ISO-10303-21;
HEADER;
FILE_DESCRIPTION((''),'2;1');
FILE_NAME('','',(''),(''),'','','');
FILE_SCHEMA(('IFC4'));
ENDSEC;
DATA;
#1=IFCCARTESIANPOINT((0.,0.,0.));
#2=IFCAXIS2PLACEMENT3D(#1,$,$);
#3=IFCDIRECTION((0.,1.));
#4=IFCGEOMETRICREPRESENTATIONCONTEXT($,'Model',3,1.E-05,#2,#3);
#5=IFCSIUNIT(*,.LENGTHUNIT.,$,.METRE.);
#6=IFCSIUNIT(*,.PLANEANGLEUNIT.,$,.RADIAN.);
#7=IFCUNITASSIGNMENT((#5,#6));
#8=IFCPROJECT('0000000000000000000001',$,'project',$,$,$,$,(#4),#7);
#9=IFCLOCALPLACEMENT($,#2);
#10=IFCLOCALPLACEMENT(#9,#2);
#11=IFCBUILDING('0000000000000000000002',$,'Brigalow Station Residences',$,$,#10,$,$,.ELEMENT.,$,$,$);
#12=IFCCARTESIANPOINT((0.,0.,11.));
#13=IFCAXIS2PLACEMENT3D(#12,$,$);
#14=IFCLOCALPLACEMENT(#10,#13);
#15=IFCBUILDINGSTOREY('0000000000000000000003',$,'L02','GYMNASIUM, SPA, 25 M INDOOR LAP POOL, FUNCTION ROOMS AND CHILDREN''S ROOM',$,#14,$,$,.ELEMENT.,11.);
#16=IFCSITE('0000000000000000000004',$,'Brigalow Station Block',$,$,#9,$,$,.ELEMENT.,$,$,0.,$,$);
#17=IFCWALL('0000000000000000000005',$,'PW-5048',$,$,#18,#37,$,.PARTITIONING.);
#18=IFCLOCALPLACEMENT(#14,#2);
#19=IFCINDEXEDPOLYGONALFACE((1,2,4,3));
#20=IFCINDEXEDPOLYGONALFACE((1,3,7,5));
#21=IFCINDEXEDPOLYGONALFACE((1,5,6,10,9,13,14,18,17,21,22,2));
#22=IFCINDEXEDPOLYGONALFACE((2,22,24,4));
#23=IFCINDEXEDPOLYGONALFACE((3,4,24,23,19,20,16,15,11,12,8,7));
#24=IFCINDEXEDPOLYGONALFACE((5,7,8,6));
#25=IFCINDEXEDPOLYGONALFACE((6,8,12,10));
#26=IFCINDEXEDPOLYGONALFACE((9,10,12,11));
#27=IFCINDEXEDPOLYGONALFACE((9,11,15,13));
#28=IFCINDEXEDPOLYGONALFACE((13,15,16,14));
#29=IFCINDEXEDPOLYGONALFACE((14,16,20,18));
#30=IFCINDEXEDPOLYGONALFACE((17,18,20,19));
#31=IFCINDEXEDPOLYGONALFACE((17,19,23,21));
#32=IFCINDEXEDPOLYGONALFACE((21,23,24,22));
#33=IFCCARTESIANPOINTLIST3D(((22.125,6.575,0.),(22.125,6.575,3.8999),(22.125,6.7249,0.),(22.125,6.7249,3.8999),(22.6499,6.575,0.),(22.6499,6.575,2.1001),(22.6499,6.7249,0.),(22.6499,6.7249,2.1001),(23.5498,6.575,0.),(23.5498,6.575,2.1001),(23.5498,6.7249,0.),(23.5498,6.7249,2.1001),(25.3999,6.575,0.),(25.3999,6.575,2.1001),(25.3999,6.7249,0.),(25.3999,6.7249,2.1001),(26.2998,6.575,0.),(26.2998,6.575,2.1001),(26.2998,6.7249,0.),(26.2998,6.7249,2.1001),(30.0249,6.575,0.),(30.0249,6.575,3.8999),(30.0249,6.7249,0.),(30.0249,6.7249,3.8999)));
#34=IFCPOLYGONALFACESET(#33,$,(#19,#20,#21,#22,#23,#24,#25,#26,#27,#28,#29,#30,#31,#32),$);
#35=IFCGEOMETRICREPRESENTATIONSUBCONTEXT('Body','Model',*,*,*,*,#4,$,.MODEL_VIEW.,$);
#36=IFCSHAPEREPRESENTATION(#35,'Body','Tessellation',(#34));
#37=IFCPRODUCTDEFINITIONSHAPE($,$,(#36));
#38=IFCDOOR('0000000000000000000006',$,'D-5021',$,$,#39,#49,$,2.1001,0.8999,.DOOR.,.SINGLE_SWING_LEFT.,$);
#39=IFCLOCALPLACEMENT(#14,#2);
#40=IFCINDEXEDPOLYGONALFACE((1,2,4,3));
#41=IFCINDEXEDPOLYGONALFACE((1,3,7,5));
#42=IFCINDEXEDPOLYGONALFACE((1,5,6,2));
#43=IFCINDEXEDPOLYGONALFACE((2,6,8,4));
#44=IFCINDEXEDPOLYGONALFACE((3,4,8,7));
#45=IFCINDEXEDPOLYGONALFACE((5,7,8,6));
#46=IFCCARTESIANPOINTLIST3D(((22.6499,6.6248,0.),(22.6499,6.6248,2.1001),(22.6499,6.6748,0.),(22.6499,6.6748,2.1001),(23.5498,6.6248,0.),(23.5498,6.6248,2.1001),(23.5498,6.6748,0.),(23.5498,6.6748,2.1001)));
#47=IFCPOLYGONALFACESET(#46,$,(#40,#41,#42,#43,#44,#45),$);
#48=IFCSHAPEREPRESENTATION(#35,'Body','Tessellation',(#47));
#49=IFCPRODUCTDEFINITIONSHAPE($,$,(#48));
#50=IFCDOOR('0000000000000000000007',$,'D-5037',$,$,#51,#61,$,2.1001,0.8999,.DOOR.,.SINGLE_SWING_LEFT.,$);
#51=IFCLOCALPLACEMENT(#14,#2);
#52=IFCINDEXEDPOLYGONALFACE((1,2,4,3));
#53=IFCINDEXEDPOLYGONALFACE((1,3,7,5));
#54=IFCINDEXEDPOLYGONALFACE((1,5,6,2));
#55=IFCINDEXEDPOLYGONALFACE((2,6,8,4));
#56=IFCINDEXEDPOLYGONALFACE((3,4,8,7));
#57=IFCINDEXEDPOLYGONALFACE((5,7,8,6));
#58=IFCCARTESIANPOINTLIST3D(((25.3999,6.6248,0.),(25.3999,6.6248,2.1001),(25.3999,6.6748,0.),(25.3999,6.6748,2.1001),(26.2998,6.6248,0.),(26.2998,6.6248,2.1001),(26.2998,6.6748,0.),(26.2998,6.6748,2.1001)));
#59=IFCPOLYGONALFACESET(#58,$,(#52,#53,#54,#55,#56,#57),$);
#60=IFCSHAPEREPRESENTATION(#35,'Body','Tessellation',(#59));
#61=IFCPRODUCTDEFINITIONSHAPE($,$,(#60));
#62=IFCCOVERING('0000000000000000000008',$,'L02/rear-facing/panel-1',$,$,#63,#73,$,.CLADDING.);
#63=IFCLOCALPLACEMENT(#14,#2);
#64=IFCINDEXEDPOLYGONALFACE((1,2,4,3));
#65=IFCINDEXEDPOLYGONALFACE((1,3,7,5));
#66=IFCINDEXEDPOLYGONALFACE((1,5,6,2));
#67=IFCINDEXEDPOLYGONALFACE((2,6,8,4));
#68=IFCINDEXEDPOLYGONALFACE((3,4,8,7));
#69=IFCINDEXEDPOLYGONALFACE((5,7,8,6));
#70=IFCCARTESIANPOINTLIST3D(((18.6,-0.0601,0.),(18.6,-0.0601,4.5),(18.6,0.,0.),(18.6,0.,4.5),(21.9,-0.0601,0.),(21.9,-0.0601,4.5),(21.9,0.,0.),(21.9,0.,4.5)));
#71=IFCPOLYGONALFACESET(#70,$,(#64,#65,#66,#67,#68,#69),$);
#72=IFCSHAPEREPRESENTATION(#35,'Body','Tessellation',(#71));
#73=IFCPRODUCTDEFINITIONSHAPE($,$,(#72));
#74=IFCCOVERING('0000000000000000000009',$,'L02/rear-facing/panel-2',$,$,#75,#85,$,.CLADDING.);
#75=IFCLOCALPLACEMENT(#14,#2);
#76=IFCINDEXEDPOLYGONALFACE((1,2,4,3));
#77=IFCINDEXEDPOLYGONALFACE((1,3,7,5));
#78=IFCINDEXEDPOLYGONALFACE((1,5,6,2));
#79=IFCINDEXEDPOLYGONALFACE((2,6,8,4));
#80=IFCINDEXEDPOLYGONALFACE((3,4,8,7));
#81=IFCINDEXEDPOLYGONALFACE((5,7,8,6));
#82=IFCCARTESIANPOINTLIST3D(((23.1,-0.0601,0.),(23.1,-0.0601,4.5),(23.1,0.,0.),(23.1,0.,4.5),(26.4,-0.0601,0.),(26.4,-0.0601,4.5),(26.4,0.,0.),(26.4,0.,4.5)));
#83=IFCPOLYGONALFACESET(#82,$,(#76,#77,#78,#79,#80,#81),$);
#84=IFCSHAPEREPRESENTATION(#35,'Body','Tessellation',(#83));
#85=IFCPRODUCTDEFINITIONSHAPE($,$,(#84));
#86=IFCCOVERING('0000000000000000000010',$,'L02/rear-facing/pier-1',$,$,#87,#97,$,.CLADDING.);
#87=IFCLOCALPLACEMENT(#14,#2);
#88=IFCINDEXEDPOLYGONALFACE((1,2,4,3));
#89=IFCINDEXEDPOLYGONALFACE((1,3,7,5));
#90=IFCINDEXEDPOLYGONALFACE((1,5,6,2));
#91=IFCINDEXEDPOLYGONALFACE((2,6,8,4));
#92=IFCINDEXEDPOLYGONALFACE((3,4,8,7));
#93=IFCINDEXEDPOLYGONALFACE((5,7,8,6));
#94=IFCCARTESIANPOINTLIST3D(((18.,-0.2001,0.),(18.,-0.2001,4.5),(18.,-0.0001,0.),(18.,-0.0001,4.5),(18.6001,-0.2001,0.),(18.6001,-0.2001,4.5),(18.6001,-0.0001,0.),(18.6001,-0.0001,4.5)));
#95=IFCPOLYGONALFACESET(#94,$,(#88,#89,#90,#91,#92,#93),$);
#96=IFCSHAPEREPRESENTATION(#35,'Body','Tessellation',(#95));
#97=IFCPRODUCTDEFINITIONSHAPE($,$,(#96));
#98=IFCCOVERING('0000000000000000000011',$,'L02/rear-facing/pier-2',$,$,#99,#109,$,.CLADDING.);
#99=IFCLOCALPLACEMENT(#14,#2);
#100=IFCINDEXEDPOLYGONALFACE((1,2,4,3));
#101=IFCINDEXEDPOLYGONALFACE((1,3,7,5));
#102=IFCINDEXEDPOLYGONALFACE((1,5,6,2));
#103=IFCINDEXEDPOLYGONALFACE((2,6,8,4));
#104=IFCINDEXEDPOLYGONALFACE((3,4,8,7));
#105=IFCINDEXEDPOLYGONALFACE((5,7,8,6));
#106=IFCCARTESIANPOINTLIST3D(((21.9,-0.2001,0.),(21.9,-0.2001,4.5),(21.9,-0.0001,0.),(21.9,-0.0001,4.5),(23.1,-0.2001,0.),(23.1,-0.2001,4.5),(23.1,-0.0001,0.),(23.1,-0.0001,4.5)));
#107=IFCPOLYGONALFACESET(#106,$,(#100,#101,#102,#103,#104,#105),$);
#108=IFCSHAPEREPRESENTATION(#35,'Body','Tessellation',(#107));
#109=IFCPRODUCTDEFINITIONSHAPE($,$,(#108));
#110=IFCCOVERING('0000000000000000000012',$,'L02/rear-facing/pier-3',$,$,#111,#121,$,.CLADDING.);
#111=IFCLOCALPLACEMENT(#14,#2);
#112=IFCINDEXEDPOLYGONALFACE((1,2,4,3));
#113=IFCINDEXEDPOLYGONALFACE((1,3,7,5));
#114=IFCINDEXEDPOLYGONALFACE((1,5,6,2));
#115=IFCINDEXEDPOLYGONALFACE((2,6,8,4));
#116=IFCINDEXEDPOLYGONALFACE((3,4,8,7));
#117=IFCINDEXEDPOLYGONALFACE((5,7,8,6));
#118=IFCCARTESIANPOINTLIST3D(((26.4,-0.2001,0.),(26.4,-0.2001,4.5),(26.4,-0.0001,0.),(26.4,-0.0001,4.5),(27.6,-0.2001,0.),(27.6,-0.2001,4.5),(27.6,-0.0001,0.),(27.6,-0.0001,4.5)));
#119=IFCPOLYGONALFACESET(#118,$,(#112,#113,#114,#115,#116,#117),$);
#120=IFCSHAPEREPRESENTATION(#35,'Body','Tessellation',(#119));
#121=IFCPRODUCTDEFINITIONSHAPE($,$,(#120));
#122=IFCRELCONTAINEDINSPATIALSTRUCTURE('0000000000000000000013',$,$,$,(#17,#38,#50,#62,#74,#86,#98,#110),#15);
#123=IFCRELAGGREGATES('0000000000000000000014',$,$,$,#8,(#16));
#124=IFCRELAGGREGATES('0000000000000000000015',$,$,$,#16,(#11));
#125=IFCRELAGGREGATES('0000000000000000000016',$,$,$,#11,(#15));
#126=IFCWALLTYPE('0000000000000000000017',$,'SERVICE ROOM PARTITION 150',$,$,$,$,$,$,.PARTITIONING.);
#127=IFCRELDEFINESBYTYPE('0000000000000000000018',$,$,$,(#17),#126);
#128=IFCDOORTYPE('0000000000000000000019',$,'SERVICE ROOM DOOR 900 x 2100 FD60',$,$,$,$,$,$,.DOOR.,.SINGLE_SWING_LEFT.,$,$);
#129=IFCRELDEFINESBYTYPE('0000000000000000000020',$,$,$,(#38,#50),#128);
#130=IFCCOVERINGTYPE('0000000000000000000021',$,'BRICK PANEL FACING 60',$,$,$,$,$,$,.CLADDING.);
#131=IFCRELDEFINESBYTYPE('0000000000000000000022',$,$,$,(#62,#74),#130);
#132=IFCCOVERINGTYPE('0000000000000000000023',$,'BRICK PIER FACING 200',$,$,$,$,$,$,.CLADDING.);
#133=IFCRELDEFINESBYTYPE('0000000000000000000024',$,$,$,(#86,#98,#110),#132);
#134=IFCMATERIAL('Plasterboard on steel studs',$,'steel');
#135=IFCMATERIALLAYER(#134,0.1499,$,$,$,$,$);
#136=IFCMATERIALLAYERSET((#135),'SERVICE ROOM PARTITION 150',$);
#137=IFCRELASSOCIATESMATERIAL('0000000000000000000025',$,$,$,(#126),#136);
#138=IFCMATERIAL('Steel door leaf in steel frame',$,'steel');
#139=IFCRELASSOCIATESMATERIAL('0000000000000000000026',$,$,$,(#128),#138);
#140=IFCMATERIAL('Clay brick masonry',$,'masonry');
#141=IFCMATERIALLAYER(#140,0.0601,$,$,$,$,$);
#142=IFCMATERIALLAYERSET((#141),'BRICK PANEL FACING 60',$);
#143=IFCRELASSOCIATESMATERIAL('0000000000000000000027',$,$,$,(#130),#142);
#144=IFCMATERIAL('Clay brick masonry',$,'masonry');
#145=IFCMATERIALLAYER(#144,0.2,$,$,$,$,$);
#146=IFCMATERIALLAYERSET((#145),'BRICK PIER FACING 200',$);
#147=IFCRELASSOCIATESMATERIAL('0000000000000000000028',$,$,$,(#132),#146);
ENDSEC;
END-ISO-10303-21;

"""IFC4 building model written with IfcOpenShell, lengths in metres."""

from ifc_helpers import new_model, si_unit, direction, frame, frame_2d, origin, origin_2d, place, context, subcontext, project, spatial, rectangle, extrude, material, layer, layer_set, type_object, element, fill, save


model = new_model("IFC4")

# Units and contexts
model_context = context("Model", 3, precision=1e-05, world=origin(), true_north=direction((0.0, 1.0)))
body_context = subcontext(model_context, "Body", "Model", "MODEL_VIEW")
ifc_project = project(units=[si_unit("LENGTHUNIT", "METRE"), si_unit("PLANEANGLEUNIT", "RADIAN")], contexts=[model_context])

# Site, building, storey
site_placement = place(None, origin())
site = spatial("IfcSite", under=ifc_project, at=site_placement, Name="Brigalow Station Block", CompositionType="ELEMENT", RefElevation=0.0)
building_placement = place(site_placement, origin())
building = spatial("IfcBuilding", under=site, at=building_placement, Name="Brigalow Station Residences", CompositionType="ELEMENT")
storey_placement = place(building_placement, frame((0.0, 0.0, 11.0)))
storey = spatial("IfcBuildingStorey", under=building, at=storey_placement, Name="L02", Description="GYMNASIUM, SPA, 25 M INDOOR LAP POOL, FUNCTION ROOMS AND CHILDREN'S ROOM", CompositionType="ELEMENT", Elevation=11.0)

# Shared definitions
ifc_material_1 = material(Name="Plasterboard on steel studs", Category="steel")
ifc_layer_1 = layer(ifc_material_1, 0.1499)
ifc_layer_set_1 = layer_set([ifc_layer_1], Name="SERVICE ROOM PARTITION 150")
wall_type_1 = type_object("IfcWallType", Name="SERVICE ROOM PARTITION 150", PredefinedType="PARTITIONING", material=ifc_layer_set_1)
ifc_material_2 = material(Name="Steel door leaf in steel frame", Category="steel")
door_type_1 = type_object("IfcDoorType", Name="SERVICE ROOM DOOR 900 x 2100 FD60", OperationType="SINGLE_SWING_LEFT", PredefinedType="DOOR", material=ifc_material_2)

# Wall, openings, doors
wall_1_placement = place(storey_placement, frame((22.125, 6.6499, 0.0), z_axis=(0.0, 0.0, 1.0), x_axis=(1.0, 0.0, 0.0)))
wall_1 = element("IfcWall", 1, at=wall_1_placement, inside=storey, type_object=wall_type_1, Name="PW-5048", PredefinedType="PARTITIONING", context=body_context, shape_type="SweptSolid", body=[
    extrude(rectangle(XDim=7.8999, YDim=0.1499, at=frame_2d((3.95, 0.0))), origin(), (0.0, 0.0, 1.0), 3.8999),
])
opening_1_placement = place(wall_1_placement, frame((0.5249, 0.0, 0.0)))
opening_1 = element("IfcOpeningElement", 2, at=opening_1_placement, cuts=wall_1, PredefinedType="OPENING", context=body_context, shape_type="SweptSolid", body=[
    extrude(rectangle(XDim=0.8999, YDim=2.1001, at=frame_2d((0.45, 1.05))), frame((0.0, 0.085, 0.0), z_axis=(0.0, -1.0, 0.0), x_axis=(1.0, 0.0, 0.0)), (0.0, 0.0, 1.0), 0.1699),
])
opening_2_placement = place(wall_1_placement, frame((3.2749, 0.0, 0.0)))
opening_2 = element("IfcOpeningElement", 3, at=opening_2_placement, cuts=wall_1, PredefinedType="OPENING", context=body_context, shape_type="SweptSolid", body=[
    extrude(rectangle(XDim=0.8999, YDim=2.1001, at=frame_2d((0.45, 1.05))), frame((0.0, 0.085, 0.0), z_axis=(0.0, -1.0, 0.0), x_axis=(1.0, 0.0, 0.0)), (0.0, 0.0, 1.0), 0.1699),
])
door_1_placement = place(opening_1_placement, origin())
door_1 = element("IfcDoor", 4, at=door_1_placement, inside=storey, type_object=door_type_1, Name="D-5021", OperationType="SINGLE_SWING_LEFT", OverallHeight=2.1001, OverallWidth=0.8999, PredefinedType="DOOR", context=body_context, shape_type="SweptSolid", body=[
    extrude(rectangle(XDim=0.8999, YDim=2.1001, at=frame_2d((0.45, 1.05))), frame((0.0, 0.0249, 0.0), z_axis=(0.0, -1.0, 0.0), x_axis=(1.0, 0.0, 0.0)), (0.0, 0.0, 1.0), 0.05),
])
fill(opening_1, door_1)
door_2_placement = place(opening_2_placement, origin())
door_2 = element("IfcDoor", 5, at=door_2_placement, inside=storey, type_object=door_type_1, Name="D-5037", OperationType="SINGLE_SWING_LEFT", OverallHeight=2.1001, OverallWidth=0.8999, PredefinedType="DOOR", context=body_context, shape_type="SweptSolid", body=[
    extrude(rectangle(XDim=0.8999, YDim=2.1001, at=frame_2d((0.45, 1.05))), frame((0.0, 0.0249, 0.0), z_axis=(0.0, -1.0, 0.0), x_axis=(1.0, 0.0, 0.0)), (0.0, 0.0, 1.0), 0.05),
])
fill(opening_2, door_2)

# Coverings
ifc_material_3 = material(Name="Clay brick masonry", Category="masonry")
ifc_layer_2 = layer(ifc_material_3, 0.0601)
ifc_layer_set_2 = layer_set([ifc_layer_2], Name="BRICK PANEL FACING 60")
covering_type_1 = type_object("IfcCoveringType", Name="BRICK PANEL FACING 60", PredefinedType="CLADDING", material=ifc_layer_set_2)
for number, where, z_axis, x_axis, name in (
    (6, (20.25, -0.03, 0.0), (0.0, 0.0, 1.0), (1.0, 0.0, 0.0), "L02/rear-facing/panel-1"),
    (7, (24.75, -0.03, 0.0), (0.0, 0.0, 1.0), (1.0, 0.0, 0.0), "L02/rear-facing/panel-2"),
):
    element("IfcCovering", number, at=place(storey_placement, frame(where, z_axis=z_axis, x_axis=x_axis)), inside=storey, type_object=covering_type_1, Name=name, PredefinedType="CLADDING", context=body_context, shape_type="SweptSolid", body=[
        extrude(rectangle(XDim=3.3, YDim=0.0601, at=origin_2d()), origin(), (0.0, 0.0, 1.0), 4.5),
    ])
ifc_material_4 = material(Name="Clay brick masonry", Category="masonry")
ifc_layer_3 = layer(ifc_material_4, 0.2)
ifc_layer_set_3 = layer_set([ifc_layer_3], Name="BRICK PIER FACING 200")
covering_type_2 = type_object("IfcCoveringType", Name="BRICK PIER FACING 200", PredefinedType="CLADDING", material=ifc_layer_set_3)
covering_placement = place(storey_placement, frame((18.3, -0.1001, 0.0), z_axis=(0.0, 0.0, 1.0), x_axis=(1.0, 0.0, 0.0)))
element("IfcCovering", 8, at=covering_placement, inside=storey, type_object=covering_type_2, Name="L02/rear-facing/pier-1", PredefinedType="CLADDING", context=body_context, shape_type="SweptSolid", body=[
    extrude(rectangle(XDim=0.6001, YDim=0.2, at=origin_2d()), origin(), (0.0, 0.0, 1.0), 4.5),
])
for number, where, z_axis, x_axis, name in (
    (9, (22.5, -0.1001, 0.0), (0.0, 0.0, 1.0), (1.0, 0.0, 0.0), "L02/rear-facing/pier-2"),
    (10, (27.0, -0.1001, 0.0), (0.0, 0.0, 1.0), (1.0, 0.0, 0.0), "L02/rear-facing/pier-3"),
):
    element("IfcCovering", number, at=place(storey_placement, frame(where, z_axis=z_axis, x_axis=x_axis)), inside=storey, type_object=covering_type_2, Name=name, PredefinedType="CLADDING", context=body_context, shape_type="SweptSolid", body=[
        extrude(rectangle(XDim=1.2, YDim=0.2, at=origin_2d()), origin(), (0.0, 0.0, 1.0), 4.5),
    ])

save(model, "model.ifc")
